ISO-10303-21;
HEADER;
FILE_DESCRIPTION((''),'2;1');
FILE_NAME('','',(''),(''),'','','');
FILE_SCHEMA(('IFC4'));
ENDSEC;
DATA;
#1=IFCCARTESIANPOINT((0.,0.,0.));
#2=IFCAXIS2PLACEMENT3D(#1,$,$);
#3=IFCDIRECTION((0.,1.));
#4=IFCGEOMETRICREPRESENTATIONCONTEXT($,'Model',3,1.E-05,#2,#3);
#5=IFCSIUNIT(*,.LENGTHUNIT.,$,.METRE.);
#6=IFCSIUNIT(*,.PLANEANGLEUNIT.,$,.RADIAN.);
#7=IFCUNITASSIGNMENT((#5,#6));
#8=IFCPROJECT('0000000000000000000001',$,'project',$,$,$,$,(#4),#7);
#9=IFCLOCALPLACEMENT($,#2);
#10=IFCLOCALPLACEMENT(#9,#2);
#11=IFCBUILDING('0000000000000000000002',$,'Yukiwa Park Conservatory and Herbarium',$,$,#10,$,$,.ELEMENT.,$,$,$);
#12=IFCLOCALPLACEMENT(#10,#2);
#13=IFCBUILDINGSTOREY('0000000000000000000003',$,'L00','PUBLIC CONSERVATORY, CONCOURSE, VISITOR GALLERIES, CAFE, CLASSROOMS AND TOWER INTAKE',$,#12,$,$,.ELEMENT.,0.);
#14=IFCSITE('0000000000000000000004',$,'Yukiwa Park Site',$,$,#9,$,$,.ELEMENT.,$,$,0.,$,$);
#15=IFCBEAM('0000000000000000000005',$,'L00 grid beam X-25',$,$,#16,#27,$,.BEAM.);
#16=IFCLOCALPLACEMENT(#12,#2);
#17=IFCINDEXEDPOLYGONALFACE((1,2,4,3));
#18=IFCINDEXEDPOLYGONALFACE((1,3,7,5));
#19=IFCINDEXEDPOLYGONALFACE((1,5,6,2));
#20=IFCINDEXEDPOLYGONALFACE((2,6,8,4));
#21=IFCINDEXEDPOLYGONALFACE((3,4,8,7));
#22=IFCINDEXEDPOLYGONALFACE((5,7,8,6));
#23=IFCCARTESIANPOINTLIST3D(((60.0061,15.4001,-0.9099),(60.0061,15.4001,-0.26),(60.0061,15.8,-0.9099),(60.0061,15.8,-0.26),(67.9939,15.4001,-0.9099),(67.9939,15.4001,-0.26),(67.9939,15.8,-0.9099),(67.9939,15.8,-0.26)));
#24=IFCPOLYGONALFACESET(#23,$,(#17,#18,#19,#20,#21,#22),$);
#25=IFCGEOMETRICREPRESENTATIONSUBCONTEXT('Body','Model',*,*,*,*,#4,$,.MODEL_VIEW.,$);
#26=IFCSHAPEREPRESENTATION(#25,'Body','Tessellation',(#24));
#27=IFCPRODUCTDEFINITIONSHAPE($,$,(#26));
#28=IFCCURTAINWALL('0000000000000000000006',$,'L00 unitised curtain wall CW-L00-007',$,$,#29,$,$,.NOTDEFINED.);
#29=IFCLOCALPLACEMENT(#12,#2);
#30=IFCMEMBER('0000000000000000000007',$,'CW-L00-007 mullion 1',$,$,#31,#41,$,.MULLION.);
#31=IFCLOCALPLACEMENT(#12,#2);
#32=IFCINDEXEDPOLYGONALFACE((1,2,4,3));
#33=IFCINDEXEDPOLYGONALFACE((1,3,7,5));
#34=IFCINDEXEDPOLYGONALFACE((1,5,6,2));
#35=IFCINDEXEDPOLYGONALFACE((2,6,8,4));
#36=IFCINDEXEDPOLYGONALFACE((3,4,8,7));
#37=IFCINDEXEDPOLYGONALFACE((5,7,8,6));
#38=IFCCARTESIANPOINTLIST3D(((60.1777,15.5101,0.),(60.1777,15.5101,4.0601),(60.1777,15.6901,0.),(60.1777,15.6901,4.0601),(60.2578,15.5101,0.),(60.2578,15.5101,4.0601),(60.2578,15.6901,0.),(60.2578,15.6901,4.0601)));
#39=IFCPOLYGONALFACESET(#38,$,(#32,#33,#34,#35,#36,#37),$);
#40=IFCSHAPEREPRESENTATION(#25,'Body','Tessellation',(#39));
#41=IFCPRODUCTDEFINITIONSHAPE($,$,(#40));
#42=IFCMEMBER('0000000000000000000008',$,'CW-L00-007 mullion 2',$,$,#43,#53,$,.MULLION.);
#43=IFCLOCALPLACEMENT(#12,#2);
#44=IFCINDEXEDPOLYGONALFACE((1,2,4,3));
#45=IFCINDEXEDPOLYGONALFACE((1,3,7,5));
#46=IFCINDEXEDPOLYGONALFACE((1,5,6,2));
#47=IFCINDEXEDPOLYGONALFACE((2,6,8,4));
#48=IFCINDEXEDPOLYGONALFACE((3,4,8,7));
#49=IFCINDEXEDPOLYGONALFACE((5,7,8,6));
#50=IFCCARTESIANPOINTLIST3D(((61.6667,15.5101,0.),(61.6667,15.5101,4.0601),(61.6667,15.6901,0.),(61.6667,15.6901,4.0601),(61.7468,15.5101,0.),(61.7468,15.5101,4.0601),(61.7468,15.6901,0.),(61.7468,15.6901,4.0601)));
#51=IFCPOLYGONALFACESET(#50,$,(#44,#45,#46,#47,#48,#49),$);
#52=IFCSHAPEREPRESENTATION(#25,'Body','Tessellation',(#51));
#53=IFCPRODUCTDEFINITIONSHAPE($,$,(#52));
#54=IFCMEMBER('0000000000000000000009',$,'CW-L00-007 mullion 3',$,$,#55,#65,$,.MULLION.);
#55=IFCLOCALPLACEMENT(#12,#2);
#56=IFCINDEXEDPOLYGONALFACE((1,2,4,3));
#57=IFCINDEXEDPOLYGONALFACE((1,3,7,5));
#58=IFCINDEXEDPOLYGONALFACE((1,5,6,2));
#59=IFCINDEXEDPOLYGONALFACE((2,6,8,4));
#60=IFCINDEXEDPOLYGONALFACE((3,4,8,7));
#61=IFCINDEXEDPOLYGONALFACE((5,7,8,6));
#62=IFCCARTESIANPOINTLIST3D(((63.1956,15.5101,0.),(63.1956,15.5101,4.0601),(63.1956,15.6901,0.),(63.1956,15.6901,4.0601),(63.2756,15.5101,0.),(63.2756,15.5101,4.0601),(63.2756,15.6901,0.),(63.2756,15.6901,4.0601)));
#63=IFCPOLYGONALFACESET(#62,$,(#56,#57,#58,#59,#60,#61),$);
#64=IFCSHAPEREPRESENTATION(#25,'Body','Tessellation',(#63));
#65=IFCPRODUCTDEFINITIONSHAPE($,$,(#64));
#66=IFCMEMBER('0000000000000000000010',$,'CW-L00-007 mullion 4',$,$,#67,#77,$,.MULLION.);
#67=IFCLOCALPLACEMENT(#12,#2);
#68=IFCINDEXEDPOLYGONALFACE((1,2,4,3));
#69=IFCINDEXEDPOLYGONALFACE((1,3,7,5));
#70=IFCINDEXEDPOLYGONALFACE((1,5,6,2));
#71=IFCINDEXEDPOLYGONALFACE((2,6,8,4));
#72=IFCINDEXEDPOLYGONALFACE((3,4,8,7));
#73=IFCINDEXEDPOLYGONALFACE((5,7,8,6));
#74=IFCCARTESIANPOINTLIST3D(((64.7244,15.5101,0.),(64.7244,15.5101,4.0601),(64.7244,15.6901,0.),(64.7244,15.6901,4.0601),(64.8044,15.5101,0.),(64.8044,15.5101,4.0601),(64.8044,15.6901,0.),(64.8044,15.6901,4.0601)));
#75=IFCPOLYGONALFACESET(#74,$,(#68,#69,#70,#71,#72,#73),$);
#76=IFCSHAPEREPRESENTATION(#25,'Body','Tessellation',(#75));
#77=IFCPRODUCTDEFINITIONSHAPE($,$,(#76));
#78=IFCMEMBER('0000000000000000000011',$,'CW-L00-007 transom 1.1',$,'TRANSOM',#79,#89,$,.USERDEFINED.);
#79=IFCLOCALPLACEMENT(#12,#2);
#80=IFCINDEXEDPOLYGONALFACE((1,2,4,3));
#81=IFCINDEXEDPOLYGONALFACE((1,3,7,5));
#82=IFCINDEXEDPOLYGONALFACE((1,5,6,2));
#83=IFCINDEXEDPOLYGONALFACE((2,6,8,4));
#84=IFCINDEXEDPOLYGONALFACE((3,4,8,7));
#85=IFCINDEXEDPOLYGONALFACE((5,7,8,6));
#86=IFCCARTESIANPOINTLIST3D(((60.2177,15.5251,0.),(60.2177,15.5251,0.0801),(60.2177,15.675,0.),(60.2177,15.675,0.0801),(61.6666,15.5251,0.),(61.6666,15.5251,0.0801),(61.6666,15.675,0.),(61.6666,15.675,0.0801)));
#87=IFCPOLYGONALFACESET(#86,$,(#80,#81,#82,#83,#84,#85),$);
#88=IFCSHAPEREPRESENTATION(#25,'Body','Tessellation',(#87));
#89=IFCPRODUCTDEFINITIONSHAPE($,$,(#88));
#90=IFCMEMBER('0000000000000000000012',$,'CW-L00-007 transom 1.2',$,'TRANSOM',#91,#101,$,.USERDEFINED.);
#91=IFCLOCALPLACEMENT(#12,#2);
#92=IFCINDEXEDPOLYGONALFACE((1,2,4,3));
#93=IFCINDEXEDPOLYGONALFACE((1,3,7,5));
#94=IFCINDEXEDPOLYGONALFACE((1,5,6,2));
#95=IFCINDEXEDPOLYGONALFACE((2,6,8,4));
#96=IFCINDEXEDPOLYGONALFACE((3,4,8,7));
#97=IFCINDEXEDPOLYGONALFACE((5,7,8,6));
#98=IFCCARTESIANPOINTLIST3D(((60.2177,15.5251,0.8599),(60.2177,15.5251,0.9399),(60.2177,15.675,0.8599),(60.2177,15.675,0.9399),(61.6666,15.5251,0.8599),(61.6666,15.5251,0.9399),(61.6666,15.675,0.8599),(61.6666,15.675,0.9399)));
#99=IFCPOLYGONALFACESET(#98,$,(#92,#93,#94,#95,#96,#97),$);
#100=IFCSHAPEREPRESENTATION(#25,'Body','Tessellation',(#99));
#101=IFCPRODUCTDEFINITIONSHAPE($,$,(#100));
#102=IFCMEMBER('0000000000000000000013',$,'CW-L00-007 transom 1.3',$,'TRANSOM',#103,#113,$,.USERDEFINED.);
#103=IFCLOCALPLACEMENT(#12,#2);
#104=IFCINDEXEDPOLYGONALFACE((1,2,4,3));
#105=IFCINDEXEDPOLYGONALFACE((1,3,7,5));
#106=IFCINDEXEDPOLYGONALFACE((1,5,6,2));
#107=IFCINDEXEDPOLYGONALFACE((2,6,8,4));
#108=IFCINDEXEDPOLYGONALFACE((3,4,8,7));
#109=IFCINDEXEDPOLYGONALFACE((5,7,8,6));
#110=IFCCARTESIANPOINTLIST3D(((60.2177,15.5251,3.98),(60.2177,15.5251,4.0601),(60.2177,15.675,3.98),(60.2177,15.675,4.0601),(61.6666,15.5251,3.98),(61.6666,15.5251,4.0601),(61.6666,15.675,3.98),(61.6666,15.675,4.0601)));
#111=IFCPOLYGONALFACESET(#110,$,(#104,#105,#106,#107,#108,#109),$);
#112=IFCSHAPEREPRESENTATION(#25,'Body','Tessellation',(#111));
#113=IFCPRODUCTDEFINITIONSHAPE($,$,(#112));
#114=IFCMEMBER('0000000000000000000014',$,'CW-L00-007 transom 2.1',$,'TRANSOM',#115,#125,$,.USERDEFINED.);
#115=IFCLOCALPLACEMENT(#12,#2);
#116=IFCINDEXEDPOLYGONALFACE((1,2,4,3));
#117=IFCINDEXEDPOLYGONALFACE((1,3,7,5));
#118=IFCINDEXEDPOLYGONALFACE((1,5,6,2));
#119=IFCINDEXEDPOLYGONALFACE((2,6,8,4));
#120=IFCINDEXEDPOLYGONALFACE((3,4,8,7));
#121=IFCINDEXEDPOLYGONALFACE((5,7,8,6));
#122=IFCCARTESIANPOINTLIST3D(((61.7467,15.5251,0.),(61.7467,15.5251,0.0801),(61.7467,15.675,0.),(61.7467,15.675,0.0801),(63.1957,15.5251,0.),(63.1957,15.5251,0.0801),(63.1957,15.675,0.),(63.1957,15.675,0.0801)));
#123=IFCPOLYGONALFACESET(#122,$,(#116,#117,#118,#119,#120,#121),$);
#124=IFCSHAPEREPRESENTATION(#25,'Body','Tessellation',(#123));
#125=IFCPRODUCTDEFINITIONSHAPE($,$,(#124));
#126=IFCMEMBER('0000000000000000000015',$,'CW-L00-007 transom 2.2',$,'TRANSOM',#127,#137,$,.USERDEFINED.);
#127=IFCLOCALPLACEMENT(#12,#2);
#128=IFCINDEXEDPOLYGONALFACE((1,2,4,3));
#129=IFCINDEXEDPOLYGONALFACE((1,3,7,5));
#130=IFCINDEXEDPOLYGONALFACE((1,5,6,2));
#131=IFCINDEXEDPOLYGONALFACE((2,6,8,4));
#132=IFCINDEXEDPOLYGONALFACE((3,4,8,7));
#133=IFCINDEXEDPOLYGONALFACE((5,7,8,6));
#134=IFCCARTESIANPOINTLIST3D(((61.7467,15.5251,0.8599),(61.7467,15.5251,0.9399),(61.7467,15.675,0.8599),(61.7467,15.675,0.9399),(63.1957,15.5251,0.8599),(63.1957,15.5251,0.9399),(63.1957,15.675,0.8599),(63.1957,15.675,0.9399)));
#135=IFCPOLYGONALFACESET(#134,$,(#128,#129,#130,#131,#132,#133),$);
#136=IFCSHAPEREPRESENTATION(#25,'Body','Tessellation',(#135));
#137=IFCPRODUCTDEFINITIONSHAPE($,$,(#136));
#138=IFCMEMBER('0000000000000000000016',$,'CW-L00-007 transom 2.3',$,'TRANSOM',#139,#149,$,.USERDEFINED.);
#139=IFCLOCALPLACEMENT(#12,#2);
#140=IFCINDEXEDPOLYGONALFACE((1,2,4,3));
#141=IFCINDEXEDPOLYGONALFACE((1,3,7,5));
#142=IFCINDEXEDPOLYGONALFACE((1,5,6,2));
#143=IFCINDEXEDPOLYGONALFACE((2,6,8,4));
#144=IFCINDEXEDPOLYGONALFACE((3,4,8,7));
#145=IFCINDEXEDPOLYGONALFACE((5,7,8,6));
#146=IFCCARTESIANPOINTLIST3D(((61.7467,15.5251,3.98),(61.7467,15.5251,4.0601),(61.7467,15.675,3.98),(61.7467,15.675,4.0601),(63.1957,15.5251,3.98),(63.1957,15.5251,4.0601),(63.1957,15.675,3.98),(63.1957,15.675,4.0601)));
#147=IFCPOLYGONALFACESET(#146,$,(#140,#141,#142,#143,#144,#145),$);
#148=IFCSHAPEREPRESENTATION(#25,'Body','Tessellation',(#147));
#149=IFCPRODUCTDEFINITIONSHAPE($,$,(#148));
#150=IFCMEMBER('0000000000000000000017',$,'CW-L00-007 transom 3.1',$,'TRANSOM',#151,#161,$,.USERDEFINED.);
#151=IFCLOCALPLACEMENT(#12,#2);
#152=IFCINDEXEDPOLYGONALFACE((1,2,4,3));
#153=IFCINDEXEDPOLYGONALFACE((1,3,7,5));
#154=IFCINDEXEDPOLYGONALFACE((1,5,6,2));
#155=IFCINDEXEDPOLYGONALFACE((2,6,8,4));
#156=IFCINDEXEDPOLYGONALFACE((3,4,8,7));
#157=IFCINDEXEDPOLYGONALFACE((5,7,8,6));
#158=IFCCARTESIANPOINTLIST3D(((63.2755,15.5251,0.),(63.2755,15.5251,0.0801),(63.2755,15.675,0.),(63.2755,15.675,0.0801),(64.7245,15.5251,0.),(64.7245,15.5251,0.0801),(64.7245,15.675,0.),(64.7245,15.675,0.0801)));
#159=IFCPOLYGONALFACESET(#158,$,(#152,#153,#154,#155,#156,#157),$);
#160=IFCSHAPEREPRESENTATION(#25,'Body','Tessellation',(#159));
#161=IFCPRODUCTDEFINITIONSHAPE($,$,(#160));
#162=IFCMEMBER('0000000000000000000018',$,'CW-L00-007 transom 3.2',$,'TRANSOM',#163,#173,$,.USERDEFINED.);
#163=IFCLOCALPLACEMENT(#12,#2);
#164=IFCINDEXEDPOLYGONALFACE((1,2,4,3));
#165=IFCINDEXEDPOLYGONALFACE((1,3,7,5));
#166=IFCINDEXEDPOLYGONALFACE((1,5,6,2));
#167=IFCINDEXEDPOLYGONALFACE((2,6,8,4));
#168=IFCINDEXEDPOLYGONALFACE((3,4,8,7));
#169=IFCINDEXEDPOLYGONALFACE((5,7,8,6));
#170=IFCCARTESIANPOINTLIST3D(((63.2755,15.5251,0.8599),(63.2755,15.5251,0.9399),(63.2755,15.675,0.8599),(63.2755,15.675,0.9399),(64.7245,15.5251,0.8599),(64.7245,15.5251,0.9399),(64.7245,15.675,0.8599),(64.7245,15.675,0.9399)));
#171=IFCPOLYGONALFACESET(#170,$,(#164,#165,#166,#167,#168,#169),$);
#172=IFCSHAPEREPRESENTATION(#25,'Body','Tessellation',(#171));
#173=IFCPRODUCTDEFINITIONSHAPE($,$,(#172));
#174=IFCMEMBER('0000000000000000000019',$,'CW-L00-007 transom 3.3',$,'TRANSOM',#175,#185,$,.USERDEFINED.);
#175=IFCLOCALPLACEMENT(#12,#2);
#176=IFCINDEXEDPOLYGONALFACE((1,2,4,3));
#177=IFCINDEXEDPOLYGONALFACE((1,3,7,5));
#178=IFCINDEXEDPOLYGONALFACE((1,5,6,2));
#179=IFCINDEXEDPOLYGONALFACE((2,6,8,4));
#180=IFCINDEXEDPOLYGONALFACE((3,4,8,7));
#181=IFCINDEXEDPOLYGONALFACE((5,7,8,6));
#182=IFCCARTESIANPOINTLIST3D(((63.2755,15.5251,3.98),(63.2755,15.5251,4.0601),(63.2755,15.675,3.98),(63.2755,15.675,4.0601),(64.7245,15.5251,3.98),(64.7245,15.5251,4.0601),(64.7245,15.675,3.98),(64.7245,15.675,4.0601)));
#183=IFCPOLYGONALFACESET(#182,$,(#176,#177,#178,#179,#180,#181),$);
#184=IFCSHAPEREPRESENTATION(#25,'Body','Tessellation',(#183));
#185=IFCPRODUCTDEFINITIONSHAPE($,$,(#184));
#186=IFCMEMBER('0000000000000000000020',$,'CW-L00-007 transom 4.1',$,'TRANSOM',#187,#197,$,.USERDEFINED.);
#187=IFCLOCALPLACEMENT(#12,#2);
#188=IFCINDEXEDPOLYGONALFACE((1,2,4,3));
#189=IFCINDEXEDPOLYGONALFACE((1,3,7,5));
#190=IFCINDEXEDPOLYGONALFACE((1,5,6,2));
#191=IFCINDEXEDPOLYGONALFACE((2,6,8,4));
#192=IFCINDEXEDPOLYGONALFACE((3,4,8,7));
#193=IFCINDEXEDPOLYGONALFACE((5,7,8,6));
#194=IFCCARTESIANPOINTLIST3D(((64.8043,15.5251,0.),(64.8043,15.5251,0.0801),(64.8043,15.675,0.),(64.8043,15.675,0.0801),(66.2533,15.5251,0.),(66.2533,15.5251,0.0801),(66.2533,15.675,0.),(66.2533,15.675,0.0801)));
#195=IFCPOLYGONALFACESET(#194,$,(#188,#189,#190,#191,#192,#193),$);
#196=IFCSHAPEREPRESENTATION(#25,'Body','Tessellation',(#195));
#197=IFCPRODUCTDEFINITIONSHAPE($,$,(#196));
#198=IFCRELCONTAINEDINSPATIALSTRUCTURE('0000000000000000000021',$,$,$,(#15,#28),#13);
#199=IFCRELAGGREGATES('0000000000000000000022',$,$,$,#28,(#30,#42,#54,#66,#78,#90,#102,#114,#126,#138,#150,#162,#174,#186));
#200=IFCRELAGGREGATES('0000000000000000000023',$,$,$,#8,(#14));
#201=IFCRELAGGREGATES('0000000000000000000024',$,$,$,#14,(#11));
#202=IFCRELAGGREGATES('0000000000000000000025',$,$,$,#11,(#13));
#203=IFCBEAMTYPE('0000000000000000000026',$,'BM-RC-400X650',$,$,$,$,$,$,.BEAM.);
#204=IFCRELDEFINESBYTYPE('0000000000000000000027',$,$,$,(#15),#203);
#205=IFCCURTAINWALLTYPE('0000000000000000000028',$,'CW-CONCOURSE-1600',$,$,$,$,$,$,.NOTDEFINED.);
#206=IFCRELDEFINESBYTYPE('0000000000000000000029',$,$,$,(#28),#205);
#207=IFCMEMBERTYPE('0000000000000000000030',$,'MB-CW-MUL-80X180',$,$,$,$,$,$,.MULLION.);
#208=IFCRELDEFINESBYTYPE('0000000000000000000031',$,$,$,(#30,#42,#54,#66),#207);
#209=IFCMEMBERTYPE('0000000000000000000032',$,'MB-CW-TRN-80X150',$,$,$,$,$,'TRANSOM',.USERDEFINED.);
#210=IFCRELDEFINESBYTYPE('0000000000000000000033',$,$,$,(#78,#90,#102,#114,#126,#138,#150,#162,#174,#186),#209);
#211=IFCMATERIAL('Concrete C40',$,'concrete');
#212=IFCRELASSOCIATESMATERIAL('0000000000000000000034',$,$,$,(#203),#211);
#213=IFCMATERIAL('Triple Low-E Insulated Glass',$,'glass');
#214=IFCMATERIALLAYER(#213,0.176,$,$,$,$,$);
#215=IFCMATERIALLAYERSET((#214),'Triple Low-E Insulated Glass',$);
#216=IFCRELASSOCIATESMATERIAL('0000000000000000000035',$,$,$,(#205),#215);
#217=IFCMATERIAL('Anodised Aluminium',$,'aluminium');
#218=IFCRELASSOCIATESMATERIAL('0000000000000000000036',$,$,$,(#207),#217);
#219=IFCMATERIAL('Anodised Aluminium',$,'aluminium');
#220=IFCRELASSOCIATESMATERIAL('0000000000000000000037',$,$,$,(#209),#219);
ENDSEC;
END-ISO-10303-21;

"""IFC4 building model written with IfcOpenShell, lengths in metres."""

from ifc_helpers import new_model, si_unit, direction, frame, origin, origin_2d, place, context, subcontext, project, spatial, rectangle, extrude, material, layer, layer_set, material_profile, profile_set, type_object, element, aggregate, save


model = new_model("IFC4")

# Units and contexts
model_context = context("Model", 3, precision=1e-05, world=origin(), true_north=direction((0.0, 1.0)))
body_context = subcontext(model_context, "Body", "Model", "MODEL_VIEW")
ifc_project = project(units=[si_unit("LENGTHUNIT", "METRE"), si_unit("PLANEANGLEUNIT", "RADIAN")], contexts=[model_context])

# Site, building, storey
site_placement = place(None, origin())
site = spatial("IfcSite", under=ifc_project, at=site_placement, Name="Yukiwa Park Site", CompositionType="ELEMENT", RefElevation=0.0)
building_placement = place(site_placement, origin())
building = spatial("IfcBuilding", under=site, at=building_placement, Name="Yukiwa Park Conservatory and Herbarium", CompositionType="ELEMENT")
storey_placement = place(building_placement, origin())
storey = spatial("IfcBuildingStorey", under=building, at=storey_placement, Name="L00", Description="PUBLIC CONSERVATORY, CONCOURSE, VISITOR GALLERIES, CAFE, CLASSROOMS AND TOWER INTAKE", CompositionType="ELEMENT", Elevation=0.0)

# Beam
ifc_material_1 = material(Name="Concrete C40", Category="concrete")
ifc_material_profile = material_profile(ifc_material_1, rectangle(XDim=0.3999, YDim=0.6499, at=origin_2d()), Name="RC 400x650")
ifc_profile_set = profile_set([ifc_material_profile], Name="Concrete C40")
beam_type = type_object("IfcBeamType", Name="BM-RC-400X650", PredefinedType="BEAM", material=ifc_profile_set)
beam_placement = place(storey_placement, frame((60.0061, 15.6001, -0.585), z_axis=(1.0, 0.0, 0.0), x_axis=(0.0, 1.0, 0.0)))
element("IfcBeam", 1, at=beam_placement, inside=storey, type_object=beam_type, Name="L00 grid beam X-25", PredefinedType="BEAM", context=body_context, shape_type="SweptSolid", body=[
    extrude(rectangle(XDim=0.3999, YDim=0.6499, at=origin_2d()), origin(), (0.0, 0.0, 1.0), 7.9878),
])

# Curtain wall, members
ifc_material_2 = material(Name="Triple Low-E Insulated Glass", Category="glass")
ifc_layer_1 = layer(ifc_material_2, 0.176)
ifc_layer_set_1 = layer_set([ifc_layer_1], Name="Triple Low-E Insulated Glass")
curtain_wall_type = type_object("IfcCurtainWallType", Name="CW-CONCOURSE-1600", PredefinedType="NOTDEFINED", material=ifc_layer_set_1)
curtain_wall_placement = place(storey_placement, origin())
curtain_wall = element("IfcCurtainWall", 2, at=curtain_wall_placement, inside=storey, type_object=curtain_wall_type, Name="L00 unitised curtain wall CW-L00-007", PredefinedType="NOTDEFINED")
ifc_material_3 = material(Name="Anodised Aluminium", Category="aluminium")
member_type_1 = type_object("IfcMemberType", Name="MB-CW-MUL-80X180", PredefinedType="MULLION", material=ifc_material_3)
member_1_placement = place(storey_placement, frame((60.2178, 15.6001, 0.0), z_axis=(0.0, 0.0, 1.0), x_axis=(1.0, 0.0, 0.0)))
member_1 = element("IfcMember", 3, at=member_1_placement, type_object=member_type_1, Name="CW-L00-007 mullion 1", PredefinedType="MULLION", context=body_context, shape_type="SweptSolid", body=[
    extrude(rectangle(XDim=0.0801, YDim=0.1799, at=origin_2d()), origin(), (0.0, 0.0, 1.0), 4.0601),
])
member_2_placement = place(storey_placement, frame((61.7068, 15.6001, 0.0), z_axis=(0.0, 0.0, 1.0), x_axis=(1.0, 0.0, 0.0)))
member_2 = element("IfcMember", 4, at=member_2_placement, type_object=member_type_1, Name="CW-L00-007 mullion 2", PredefinedType="MULLION", context=body_context, shape_type="SweptSolid", body=[
    extrude(rectangle(XDim=0.0801, YDim=0.1799, at=origin_2d()), origin(), (0.0, 0.0, 1.0), 4.0601),
])
member_3_placement = place(storey_placement, frame((63.2356, 15.6001, 0.0), z_axis=(0.0, 0.0, 1.0), x_axis=(1.0, 0.0, 0.0)))
member_3 = element("IfcMember", 5, at=member_3_placement, type_object=member_type_1, Name="CW-L00-007 mullion 3", PredefinedType="MULLION", context=body_context, shape_type="SweptSolid", body=[
    extrude(rectangle(XDim=0.0801, YDim=0.1799, at=origin_2d()), origin(), (0.0, 0.0, 1.0), 4.0601),
])
member_4_placement = place(storey_placement, frame((64.7644, 15.6001, 0.0), z_axis=(0.0, 0.0, 1.0), x_axis=(1.0, 0.0, 0.0)))
member_4 = element("IfcMember", 6, at=member_4_placement, type_object=member_type_1, Name="CW-L00-007 mullion 4", PredefinedType="MULLION", context=body_context, shape_type="SweptSolid", body=[
    extrude(rectangle(XDim=0.0801, YDim=0.1799, at=origin_2d()), origin(), (0.0, 0.0, 1.0), 4.0601),
])
ifc_material_4 = material(Name="Anodised Aluminium", Category="aluminium")
member_type_2 = type_object("IfcMemberType", Name="MB-CW-TRN-80X150", ElementType="TRANSOM", PredefinedType="USERDEFINED", material=ifc_material_4)
member_5_placement = place(storey_placement, frame((60.9421, 15.6001, 0.0), z_axis=(0.0, 0.0, 1.0), x_axis=(1.0, 0.0, 0.0)))
member_5 = element("IfcMember", 7, at=member_5_placement, type_object=member_type_2, Name="CW-L00-007 transom 1.1", ObjectType="TRANSOM", PredefinedType="USERDEFINED", context=body_context, shape_type="SweptSolid", body=[
    extrude(rectangle(XDim=1.449, YDim=0.1499, at=origin_2d()), origin(), (0.0, 0.0, 1.0), 0.0801),
])
member_6_placement = place(storey_placement, frame((60.9421, 15.6001, 0.8599), z_axis=(0.0, 0.0, 1.0), x_axis=(1.0, 0.0, 0.0)))
member_6 = element("IfcMember", 8, at=member_6_placement, type_object=member_type_2, Name="CW-L00-007 transom 1.2", ObjectType="TRANSOM", PredefinedType="USERDEFINED", context=body_context, shape_type="SweptSolid", body=[
    extrude(rectangle(XDim=1.449, YDim=0.1499, at=origin_2d()), origin(), (0.0, 0.0, 1.0), 0.0801),
])
member_7_placement = place(storey_placement, frame((60.9421, 15.6001, 3.98), z_axis=(0.0, 0.0, 1.0), x_axis=(1.0, 0.0, 0.0)))
member_7 = element("IfcMember", 9, at=member_7_placement, type_object=member_type_2, Name="CW-L00-007 transom 1.3", ObjectType="TRANSOM", PredefinedType="USERDEFINED", context=body_context, shape_type="SweptSolid", body=[
    extrude(rectangle(XDim=1.449, YDim=0.1499, at=origin_2d()), origin(), (0.0, 0.0, 1.0), 0.0801),
])
member_8_placement = place(storey_placement, frame((62.4712, 15.6001, 0.0), z_axis=(0.0, 0.0, 1.0), x_axis=(1.0, 0.0, 0.0)))
member_8 = element("IfcMember", 10, at=member_8_placement, type_object=member_type_2, Name="CW-L00-007 transom 2.1", ObjectType="TRANSOM", PredefinedType="USERDEFINED", context=body_context, shape_type="SweptSolid", body=[
    extrude(rectangle(XDim=1.449, YDim=0.1499, at=origin_2d()), origin(), (0.0, 0.0, 1.0), 0.0801),
])
member_9_placement = place(storey_placement, frame((62.4712, 15.6001, 0.8599), z_axis=(0.0, 0.0, 1.0), x_axis=(1.0, 0.0, 0.0)))
member_9 = element("IfcMember", 11, at=member_9_placement, type_object=member_type_2, Name="CW-L00-007 transom 2.2", ObjectType="TRANSOM", PredefinedType="USERDEFINED", context=body_context, shape_type="SweptSolid", body=[
    extrude(rectangle(XDim=1.449, YDim=0.1499, at=origin_2d()), origin(), (0.0, 0.0, 1.0), 0.0801),
])
member_10_placement = place(storey_placement, frame((62.4712, 15.6001, 3.98), z_axis=(0.0, 0.0, 1.0), x_axis=(1.0, 0.0, 0.0)))
member_10 = element("IfcMember", 12, at=member_10_placement, type_object=member_type_2, Name="CW-L00-007 transom 2.3", ObjectType="TRANSOM", PredefinedType="USERDEFINED", context=body_context, shape_type="SweptSolid", body=[
    extrude(rectangle(XDim=1.449, YDim=0.1499, at=origin_2d()), origin(), (0.0, 0.0, 1.0), 0.0801),
])
member_11_placement = place(storey_placement, frame((64.0, 15.6001, 0.0), z_axis=(0.0, 0.0, 1.0), x_axis=(1.0, 0.0, 0.0)))
member_11 = element("IfcMember", 13, at=member_11_placement, type_object=member_type_2, Name="CW-L00-007 transom 3.1", ObjectType="TRANSOM", PredefinedType="USERDEFINED", context=body_context, shape_type="SweptSolid", body=[
    extrude(rectangle(XDim=1.449, YDim=0.1499, at=origin_2d()), origin(), (0.0, 0.0, 1.0), 0.0801),
])
member_12_placement = place(storey_placement, frame((64.0, 15.6001, 0.8599), z_axis=(0.0, 0.0, 1.0), x_axis=(1.0, 0.0, 0.0)))
member_12 = element("IfcMember", 14, at=member_12_placement, type_object=member_type_2, Name="CW-L00-007 transom 3.2", ObjectType="TRANSOM", PredefinedType="USERDEFINED", context=body_context, shape_type="SweptSolid", body=[
    extrude(rectangle(XDim=1.449, YDim=0.1499, at=origin_2d()), origin(), (0.0, 0.0, 1.0), 0.0801),
])
member_13_placement = place(storey_placement, frame((64.0, 15.6001, 3.98), z_axis=(0.0, 0.0, 1.0), x_axis=(1.0, 0.0, 0.0)))
member_13 = element("IfcMember", 15, at=member_13_placement, type_object=member_type_2, Name="CW-L00-007 transom 3.3", ObjectType="TRANSOM", PredefinedType="USERDEFINED", context=body_context, shape_type="SweptSolid", body=[
    extrude(rectangle(XDim=1.449, YDim=0.1499, at=origin_2d()), origin(), (0.0, 0.0, 1.0), 0.0801),
])
member_14_placement = place(storey_placement, frame((65.5288, 15.6001, 0.0), z_axis=(0.0, 0.0, 1.0), x_axis=(1.0, 0.0, 0.0)))
member_14 = element("IfcMember", 16, at=member_14_placement, type_object=member_type_2, Name="CW-L00-007 transom 4.1", ObjectType="TRANSOM", PredefinedType="USERDEFINED", context=body_context, shape_type="SweptSolid", body=[
    extrude(rectangle(XDim=1.449, YDim=0.1499, at=origin_2d()), origin(), (0.0, 0.0, 1.0), 0.0801),
])
aggregate(curtain_wall, [member_1, member_2, member_3, member_4, member_5, member_6, member_7, member_8, member_9, member_10, member_11, member_12, member_13, member_14])

save(model, "model.ifc")
